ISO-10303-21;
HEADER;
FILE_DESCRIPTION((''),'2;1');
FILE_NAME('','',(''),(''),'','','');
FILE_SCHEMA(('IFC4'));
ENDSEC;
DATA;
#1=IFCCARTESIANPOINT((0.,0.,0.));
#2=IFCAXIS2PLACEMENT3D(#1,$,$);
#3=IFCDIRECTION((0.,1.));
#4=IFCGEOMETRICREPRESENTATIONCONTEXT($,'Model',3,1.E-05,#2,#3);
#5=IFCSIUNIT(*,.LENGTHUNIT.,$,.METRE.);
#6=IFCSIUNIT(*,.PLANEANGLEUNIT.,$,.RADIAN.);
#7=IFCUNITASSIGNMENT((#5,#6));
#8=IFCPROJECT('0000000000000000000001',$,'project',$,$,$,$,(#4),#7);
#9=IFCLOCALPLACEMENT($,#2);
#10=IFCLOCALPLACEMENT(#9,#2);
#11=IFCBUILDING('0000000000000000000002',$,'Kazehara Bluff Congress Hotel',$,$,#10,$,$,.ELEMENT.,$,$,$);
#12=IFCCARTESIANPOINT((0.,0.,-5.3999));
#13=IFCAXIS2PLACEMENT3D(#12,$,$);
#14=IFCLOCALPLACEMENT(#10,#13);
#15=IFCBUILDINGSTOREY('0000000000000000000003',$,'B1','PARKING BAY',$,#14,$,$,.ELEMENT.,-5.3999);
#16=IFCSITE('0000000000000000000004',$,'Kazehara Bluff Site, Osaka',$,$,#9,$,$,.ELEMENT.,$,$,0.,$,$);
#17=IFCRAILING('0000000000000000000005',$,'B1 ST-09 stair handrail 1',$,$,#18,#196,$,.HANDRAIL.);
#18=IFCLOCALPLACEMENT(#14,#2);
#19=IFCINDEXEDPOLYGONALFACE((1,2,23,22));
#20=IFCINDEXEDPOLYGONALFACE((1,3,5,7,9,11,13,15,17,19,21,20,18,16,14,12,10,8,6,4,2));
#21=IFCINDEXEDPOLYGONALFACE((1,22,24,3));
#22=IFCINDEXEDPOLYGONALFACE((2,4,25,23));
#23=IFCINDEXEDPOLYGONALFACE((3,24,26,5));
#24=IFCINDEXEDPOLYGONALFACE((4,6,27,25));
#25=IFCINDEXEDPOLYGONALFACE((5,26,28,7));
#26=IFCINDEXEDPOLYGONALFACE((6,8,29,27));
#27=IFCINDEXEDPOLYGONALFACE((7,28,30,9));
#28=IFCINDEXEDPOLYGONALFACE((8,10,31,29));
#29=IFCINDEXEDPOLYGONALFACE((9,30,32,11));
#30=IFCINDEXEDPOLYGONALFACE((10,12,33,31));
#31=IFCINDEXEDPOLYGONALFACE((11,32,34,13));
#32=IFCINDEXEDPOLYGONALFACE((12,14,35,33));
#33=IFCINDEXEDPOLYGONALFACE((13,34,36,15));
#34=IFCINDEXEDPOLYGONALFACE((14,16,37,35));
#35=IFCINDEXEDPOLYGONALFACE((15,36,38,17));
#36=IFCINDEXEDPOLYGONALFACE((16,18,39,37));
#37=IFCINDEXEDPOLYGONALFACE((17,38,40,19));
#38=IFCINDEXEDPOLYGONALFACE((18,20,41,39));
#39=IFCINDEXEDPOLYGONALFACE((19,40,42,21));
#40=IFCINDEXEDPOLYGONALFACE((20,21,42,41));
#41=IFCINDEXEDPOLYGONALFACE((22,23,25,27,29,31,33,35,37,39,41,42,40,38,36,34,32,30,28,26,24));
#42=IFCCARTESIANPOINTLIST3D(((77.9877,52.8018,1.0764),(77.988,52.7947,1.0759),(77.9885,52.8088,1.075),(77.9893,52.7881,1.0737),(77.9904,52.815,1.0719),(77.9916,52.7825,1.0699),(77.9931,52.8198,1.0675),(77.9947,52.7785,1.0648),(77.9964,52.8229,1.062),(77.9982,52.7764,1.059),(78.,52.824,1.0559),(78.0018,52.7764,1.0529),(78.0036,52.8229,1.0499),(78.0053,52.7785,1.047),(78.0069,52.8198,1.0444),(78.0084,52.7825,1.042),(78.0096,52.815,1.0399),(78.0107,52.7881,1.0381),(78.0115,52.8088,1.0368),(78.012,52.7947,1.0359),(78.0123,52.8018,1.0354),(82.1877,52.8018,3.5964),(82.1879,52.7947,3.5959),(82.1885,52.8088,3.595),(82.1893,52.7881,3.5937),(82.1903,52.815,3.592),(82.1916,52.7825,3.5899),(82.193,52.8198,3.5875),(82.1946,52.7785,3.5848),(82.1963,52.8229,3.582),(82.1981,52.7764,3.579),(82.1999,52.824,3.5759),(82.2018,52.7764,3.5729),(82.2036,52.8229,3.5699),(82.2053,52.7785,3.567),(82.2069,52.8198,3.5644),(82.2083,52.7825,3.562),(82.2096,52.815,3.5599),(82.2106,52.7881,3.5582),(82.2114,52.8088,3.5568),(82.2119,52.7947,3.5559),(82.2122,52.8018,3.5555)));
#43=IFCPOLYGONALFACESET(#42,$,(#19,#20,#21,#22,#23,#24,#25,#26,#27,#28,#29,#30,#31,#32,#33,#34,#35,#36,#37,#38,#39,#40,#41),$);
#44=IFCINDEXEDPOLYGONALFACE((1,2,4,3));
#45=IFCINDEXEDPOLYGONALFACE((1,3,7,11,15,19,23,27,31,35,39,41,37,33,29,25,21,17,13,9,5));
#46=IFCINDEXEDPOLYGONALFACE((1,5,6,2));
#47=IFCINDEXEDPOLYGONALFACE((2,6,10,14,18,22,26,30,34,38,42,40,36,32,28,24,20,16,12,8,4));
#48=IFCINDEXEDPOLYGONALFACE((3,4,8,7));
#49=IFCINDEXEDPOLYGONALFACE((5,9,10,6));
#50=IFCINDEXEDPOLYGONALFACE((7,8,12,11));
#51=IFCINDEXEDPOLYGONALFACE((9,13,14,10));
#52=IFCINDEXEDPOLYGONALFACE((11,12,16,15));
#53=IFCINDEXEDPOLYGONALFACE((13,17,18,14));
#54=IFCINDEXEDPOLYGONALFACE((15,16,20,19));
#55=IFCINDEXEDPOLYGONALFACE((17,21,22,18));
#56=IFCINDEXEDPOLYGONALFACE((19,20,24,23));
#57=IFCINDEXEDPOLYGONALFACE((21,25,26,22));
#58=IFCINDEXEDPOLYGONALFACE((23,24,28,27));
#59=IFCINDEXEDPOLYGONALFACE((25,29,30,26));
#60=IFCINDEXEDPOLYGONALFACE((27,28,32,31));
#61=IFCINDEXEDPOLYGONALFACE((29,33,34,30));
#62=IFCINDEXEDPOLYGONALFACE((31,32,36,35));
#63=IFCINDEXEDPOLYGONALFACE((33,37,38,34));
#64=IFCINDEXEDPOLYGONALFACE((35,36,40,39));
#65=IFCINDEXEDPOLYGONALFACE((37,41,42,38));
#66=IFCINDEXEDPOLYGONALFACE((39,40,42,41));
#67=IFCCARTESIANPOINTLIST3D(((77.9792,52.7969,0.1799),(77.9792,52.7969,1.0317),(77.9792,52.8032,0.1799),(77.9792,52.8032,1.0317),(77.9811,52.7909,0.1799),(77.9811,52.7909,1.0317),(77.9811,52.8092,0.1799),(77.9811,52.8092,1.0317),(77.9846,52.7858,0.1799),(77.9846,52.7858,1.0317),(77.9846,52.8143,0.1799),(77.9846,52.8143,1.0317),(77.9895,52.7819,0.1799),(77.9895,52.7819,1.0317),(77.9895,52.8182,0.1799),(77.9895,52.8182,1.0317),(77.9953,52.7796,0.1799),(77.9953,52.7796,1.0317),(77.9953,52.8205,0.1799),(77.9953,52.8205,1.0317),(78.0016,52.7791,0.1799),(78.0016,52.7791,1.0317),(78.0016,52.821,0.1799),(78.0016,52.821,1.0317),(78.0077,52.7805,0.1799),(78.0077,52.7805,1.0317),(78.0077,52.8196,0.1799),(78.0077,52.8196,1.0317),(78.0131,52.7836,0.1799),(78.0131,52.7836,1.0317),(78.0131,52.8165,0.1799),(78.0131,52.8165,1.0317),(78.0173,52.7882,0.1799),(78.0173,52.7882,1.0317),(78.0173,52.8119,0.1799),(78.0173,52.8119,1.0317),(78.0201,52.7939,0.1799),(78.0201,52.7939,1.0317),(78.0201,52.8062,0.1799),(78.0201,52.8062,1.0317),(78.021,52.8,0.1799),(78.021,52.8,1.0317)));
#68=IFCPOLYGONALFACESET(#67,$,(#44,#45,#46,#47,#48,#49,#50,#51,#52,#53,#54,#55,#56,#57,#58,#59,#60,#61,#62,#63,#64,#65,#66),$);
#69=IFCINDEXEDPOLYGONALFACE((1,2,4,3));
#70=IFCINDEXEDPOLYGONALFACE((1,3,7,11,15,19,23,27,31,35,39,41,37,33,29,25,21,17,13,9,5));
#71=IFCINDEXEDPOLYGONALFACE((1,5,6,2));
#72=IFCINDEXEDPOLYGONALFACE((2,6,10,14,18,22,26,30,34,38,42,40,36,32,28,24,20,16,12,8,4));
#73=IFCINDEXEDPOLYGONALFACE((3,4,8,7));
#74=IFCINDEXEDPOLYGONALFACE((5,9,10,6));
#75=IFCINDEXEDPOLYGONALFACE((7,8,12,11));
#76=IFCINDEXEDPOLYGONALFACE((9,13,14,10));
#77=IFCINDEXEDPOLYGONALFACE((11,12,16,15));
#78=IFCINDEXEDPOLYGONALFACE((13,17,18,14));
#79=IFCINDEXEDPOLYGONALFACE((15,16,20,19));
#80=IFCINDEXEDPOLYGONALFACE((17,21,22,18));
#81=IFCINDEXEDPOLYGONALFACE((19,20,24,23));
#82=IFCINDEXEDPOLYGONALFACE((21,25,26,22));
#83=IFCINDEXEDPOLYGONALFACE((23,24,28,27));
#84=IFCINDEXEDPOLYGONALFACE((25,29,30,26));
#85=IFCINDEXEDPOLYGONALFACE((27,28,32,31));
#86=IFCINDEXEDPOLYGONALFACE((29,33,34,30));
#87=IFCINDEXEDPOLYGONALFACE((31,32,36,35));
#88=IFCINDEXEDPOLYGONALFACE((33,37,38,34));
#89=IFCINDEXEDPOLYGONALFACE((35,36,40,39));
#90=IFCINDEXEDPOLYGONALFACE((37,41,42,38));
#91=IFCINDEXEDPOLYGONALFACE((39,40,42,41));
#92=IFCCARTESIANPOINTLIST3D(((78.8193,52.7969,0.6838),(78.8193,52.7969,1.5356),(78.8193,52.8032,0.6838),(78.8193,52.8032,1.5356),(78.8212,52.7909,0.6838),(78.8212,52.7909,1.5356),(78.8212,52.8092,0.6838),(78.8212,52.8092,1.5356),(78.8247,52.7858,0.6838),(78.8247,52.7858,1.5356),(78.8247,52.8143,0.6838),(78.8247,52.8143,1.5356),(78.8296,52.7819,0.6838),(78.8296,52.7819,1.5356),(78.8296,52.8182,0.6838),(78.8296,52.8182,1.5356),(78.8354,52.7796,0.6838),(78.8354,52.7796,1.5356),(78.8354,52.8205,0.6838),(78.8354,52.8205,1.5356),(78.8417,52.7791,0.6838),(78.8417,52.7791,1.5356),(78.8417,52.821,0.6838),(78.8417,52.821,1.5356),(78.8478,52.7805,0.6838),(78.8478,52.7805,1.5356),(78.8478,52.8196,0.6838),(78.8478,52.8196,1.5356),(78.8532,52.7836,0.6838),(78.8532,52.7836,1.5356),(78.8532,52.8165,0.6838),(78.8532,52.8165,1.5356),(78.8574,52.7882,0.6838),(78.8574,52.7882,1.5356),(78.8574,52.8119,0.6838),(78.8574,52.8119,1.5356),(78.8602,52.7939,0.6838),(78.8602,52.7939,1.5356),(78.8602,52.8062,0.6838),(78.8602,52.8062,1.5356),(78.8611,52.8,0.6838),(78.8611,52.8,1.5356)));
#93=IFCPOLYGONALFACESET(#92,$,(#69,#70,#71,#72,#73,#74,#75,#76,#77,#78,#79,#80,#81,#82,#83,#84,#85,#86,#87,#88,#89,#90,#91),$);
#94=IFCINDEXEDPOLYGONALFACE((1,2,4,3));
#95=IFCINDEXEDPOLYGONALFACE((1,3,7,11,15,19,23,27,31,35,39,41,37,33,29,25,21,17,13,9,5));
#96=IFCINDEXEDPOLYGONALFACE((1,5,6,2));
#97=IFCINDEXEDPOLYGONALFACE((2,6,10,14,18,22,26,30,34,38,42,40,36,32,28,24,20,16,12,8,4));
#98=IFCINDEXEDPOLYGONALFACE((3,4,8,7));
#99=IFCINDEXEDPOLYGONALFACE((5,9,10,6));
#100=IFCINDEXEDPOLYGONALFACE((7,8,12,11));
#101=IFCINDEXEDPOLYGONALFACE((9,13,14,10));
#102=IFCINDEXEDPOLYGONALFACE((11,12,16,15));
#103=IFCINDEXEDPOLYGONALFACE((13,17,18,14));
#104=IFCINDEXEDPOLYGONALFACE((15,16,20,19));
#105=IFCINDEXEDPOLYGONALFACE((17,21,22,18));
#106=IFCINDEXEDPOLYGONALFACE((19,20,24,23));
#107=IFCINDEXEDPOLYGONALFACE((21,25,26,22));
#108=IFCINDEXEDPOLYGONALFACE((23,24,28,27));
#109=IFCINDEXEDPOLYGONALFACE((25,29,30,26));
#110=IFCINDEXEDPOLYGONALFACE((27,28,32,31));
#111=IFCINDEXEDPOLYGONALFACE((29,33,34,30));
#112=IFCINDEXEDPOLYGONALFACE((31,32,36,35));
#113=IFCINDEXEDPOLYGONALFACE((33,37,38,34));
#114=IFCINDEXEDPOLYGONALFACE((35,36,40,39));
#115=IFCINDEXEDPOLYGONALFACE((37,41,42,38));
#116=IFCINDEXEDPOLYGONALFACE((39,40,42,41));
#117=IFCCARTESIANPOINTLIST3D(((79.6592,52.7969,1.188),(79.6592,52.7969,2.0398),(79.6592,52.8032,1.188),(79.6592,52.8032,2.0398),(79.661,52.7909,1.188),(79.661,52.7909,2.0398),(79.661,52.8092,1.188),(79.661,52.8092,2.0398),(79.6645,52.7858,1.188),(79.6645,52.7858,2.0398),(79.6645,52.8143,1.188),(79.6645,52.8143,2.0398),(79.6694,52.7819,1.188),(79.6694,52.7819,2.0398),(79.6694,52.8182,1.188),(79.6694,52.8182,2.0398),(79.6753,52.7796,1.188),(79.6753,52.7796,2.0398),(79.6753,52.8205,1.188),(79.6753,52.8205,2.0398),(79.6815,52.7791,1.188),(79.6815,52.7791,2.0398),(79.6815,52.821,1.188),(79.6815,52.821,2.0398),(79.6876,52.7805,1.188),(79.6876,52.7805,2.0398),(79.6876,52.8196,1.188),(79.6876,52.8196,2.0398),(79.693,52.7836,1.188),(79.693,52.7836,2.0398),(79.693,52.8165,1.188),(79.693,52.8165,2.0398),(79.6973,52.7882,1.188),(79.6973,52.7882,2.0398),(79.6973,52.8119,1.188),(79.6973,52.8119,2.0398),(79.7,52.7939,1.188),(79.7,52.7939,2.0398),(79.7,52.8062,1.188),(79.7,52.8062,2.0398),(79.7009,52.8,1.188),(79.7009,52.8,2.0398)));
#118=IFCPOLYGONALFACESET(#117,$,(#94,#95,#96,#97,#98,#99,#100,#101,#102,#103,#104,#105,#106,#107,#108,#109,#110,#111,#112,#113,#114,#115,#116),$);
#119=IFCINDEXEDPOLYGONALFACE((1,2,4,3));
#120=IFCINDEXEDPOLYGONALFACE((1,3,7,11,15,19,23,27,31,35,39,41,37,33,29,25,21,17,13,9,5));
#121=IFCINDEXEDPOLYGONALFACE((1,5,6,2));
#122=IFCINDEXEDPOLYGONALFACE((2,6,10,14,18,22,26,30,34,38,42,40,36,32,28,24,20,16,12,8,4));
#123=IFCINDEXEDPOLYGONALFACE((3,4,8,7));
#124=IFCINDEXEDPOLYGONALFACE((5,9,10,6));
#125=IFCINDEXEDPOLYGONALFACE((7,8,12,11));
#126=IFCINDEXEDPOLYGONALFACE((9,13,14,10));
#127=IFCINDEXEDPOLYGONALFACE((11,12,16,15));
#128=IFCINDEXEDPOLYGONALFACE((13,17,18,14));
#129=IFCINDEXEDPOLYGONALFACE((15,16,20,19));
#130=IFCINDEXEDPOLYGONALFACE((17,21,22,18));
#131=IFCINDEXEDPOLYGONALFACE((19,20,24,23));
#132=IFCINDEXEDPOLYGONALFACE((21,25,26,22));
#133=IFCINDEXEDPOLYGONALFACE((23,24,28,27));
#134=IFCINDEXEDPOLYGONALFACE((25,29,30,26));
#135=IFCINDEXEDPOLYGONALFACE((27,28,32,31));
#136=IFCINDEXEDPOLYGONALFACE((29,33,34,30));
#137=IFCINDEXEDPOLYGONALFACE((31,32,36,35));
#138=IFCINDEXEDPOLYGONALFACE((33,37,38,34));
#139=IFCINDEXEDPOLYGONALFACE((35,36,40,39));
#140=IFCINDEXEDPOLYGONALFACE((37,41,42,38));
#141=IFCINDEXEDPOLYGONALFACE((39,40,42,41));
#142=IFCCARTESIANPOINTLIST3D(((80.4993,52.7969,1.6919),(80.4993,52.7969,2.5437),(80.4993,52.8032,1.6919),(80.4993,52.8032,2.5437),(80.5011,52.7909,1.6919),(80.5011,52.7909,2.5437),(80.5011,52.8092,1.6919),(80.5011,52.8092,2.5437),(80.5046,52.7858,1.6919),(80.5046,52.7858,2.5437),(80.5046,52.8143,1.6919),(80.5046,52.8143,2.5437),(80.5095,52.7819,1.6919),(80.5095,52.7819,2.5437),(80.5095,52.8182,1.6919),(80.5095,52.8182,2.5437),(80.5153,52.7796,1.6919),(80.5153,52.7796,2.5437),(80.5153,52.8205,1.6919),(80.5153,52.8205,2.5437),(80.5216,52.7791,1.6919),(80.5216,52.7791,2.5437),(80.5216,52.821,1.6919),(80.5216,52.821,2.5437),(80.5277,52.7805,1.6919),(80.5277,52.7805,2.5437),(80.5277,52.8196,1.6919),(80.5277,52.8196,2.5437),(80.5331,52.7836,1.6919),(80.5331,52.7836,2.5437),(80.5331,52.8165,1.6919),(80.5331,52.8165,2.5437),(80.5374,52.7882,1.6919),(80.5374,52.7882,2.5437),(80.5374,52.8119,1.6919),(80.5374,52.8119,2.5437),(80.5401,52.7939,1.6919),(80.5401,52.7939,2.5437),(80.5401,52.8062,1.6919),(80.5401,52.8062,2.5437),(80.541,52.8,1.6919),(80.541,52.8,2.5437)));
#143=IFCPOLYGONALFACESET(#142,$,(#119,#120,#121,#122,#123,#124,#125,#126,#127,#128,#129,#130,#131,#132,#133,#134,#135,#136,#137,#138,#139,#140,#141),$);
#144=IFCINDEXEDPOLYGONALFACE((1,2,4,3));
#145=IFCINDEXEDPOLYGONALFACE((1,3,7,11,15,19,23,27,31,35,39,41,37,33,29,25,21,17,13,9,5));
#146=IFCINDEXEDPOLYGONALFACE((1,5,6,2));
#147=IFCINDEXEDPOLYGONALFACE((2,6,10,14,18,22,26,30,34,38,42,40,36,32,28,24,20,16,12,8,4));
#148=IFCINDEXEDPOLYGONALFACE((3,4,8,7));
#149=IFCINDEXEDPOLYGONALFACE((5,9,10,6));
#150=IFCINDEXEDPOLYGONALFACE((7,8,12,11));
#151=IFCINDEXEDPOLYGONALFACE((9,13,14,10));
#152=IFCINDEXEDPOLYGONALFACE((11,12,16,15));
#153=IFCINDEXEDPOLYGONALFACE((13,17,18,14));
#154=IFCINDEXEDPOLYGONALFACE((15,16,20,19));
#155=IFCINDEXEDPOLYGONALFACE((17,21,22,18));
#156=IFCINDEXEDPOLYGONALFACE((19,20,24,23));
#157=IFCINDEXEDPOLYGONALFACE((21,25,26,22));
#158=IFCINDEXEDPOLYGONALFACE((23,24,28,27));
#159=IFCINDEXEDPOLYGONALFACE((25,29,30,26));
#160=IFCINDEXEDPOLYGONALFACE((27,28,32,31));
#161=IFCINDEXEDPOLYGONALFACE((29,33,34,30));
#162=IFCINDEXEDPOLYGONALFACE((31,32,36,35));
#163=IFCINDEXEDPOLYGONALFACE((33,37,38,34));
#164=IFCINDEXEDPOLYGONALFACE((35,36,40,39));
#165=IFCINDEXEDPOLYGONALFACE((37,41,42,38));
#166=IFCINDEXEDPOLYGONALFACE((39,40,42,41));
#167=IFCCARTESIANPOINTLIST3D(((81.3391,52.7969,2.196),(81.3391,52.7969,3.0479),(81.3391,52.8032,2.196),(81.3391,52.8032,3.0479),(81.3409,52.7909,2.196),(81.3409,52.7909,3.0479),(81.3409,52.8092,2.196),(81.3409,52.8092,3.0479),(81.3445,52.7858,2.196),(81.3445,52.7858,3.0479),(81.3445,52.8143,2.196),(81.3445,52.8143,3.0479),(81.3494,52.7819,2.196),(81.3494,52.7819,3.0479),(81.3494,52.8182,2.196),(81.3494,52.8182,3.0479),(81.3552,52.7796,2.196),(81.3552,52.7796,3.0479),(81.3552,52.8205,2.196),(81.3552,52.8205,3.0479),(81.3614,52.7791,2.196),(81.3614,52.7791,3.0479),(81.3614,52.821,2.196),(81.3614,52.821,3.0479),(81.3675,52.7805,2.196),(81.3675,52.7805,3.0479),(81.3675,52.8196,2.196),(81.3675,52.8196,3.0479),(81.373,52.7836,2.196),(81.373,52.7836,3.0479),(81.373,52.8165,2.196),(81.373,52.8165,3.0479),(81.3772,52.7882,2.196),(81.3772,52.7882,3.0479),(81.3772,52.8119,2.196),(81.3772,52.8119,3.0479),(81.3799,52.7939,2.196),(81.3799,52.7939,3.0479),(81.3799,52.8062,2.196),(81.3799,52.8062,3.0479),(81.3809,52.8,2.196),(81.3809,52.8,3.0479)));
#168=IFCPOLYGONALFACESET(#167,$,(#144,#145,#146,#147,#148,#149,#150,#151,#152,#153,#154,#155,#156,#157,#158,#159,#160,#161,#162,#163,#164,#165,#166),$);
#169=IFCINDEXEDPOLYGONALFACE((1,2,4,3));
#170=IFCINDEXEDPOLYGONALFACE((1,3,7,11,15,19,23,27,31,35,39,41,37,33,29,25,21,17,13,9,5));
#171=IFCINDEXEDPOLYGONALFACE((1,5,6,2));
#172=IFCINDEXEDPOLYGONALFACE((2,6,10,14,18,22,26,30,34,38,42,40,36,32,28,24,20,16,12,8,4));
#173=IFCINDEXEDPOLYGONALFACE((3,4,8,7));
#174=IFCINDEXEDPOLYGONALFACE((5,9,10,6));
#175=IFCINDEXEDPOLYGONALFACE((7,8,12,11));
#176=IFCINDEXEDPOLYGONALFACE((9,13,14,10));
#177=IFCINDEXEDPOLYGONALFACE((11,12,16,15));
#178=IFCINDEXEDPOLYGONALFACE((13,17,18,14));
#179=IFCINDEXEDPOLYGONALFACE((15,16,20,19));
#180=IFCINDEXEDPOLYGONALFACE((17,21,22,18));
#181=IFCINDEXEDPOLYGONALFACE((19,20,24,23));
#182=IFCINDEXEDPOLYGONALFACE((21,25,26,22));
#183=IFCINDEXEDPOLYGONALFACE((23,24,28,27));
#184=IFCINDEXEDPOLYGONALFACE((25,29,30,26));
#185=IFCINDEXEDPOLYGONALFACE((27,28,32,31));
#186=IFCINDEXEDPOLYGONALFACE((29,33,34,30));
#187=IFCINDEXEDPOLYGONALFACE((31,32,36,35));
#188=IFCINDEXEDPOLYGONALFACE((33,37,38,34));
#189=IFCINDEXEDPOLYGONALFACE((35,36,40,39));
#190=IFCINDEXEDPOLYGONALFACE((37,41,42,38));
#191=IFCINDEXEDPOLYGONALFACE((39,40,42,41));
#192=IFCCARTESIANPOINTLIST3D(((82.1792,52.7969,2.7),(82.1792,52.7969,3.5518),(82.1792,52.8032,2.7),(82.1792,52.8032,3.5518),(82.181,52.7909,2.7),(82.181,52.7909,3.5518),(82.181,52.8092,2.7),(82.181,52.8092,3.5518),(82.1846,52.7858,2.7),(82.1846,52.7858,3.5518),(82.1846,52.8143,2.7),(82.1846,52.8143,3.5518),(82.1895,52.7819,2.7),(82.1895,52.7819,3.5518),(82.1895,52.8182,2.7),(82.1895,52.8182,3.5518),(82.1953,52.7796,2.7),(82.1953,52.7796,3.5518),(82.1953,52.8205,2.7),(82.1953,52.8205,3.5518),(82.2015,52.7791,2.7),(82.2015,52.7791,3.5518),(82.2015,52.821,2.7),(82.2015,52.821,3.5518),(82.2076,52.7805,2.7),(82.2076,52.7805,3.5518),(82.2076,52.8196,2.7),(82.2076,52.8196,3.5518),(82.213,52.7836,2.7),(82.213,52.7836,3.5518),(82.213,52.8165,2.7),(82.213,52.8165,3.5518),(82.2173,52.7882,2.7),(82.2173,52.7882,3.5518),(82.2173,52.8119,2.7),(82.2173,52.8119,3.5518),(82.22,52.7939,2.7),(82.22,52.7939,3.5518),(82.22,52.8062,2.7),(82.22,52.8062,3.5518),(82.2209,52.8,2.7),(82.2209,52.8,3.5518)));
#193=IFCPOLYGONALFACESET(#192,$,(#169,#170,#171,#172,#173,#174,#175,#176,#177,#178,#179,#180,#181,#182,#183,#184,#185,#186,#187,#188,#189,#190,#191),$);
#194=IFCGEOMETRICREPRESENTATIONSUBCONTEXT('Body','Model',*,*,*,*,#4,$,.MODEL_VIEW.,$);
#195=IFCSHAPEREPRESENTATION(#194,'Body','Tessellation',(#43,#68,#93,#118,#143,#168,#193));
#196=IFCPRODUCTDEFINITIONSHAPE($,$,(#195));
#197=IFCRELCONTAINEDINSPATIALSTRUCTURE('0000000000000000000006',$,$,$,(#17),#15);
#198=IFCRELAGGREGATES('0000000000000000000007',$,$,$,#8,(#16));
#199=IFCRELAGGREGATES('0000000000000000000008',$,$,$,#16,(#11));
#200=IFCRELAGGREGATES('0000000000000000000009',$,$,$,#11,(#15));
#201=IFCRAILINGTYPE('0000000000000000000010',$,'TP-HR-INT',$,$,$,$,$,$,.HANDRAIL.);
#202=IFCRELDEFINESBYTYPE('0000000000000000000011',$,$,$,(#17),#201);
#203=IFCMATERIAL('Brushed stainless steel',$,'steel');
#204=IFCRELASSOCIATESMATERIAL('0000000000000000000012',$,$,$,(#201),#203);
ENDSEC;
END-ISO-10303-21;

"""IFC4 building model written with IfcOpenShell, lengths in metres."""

from ifc_helpers import new_model, si_unit, direction, frame, origin, origin_2d, place, context, subcontext, project, spatial, circle, extrude, material, type_object, element, save


model = new_model("IFC4")

# Units and contexts
model_context = context("Model", 3, precision=1e-05, world=origin(), true_north=direction((0.0, 1.0)))
body_context = subcontext(model_context, "Body", "Model", "MODEL_VIEW")
ifc_project = project(units=[si_unit("LENGTHUNIT", "METRE"), si_unit("PLANEANGLEUNIT", "RADIAN")], contexts=[model_context])

# Site, building, storey
site_placement = place(None, origin())
site = spatial("IfcSite", under=ifc_project, at=site_placement, Name="Kazehara Bluff Site, Osaka", CompositionType="ELEMENT", RefElevation=0.0)
building_placement = place(site_placement, origin())
building = spatial("IfcBuilding", under=site, at=building_placement, Name="Kazehara Bluff Congress Hotel", CompositionType="ELEMENT")
storey_placement = place(building_placement, frame((0.0, 0.0, -5.3999)))
storey = spatial("IfcBuildingStorey", under=building, at=storey_placement, Name="B1", Description="PARKING BAY", CompositionType="ELEMENT", Elevation=-5.3999)

# Railing
ifc_material_1 = material(Name="Brushed stainless steel", Category="steel")
railing_type_1 = type_object("IfcRailingType", Name="TP-HR-INT", PredefinedType="HANDRAIL", material=ifc_material_1)
railing_1_placement = place(storey_placement, frame((78.0, 52.8, 0.1799)))
element("IfcRailing", 1, at=railing_1_placement, inside=storey, type_object=railing_type_1, Name="B1 ST-09 stair handrail 1", PredefinedType="HANDRAIL", context=body_context, shape_type="SweptSolid", body=[
    extrude(circle(Radius=0.0239, at=origin_2d()), frame((0.0, 0.0, 0.876), z_axis=(0.857489, 0.0, 0.514503), x_axis=(0.0, 1.0, 0.0)), (0.0, 0.0, 1.0), 4.8979),
    extrude(circle(Radius=0.021, at=origin_2d()), origin(), (0.0, 0.0, 1.0), 0.8518),
    extrude(circle(Radius=0.021, at=origin_2d()), frame((0.8401, 0.0, 0.5039)), (0.0, 0.0, 1.0), 0.8518),
    extrude(circle(Radius=0.021, at=origin_2d()), frame((1.6799, 0.0, 1.0081)), (0.0, 0.0, 1.0), 0.8518),
    extrude(circle(Radius=0.021, at=origin_2d()), frame((2.52, 0.0, 1.512)), (0.0, 0.0, 1.0), 0.8518),
    extrude(circle(Radius=0.021, at=origin_2d()), frame((3.3599, 0.0, 2.0161)), (0.0, 0.0, 1.0), 0.8518),
    extrude(circle(Radius=0.021, at=origin_2d()), frame((4.2, 0.0, 2.52)), (0.0, 0.0, 1.0), 0.8518),
])

save(model, "model.ifc")
